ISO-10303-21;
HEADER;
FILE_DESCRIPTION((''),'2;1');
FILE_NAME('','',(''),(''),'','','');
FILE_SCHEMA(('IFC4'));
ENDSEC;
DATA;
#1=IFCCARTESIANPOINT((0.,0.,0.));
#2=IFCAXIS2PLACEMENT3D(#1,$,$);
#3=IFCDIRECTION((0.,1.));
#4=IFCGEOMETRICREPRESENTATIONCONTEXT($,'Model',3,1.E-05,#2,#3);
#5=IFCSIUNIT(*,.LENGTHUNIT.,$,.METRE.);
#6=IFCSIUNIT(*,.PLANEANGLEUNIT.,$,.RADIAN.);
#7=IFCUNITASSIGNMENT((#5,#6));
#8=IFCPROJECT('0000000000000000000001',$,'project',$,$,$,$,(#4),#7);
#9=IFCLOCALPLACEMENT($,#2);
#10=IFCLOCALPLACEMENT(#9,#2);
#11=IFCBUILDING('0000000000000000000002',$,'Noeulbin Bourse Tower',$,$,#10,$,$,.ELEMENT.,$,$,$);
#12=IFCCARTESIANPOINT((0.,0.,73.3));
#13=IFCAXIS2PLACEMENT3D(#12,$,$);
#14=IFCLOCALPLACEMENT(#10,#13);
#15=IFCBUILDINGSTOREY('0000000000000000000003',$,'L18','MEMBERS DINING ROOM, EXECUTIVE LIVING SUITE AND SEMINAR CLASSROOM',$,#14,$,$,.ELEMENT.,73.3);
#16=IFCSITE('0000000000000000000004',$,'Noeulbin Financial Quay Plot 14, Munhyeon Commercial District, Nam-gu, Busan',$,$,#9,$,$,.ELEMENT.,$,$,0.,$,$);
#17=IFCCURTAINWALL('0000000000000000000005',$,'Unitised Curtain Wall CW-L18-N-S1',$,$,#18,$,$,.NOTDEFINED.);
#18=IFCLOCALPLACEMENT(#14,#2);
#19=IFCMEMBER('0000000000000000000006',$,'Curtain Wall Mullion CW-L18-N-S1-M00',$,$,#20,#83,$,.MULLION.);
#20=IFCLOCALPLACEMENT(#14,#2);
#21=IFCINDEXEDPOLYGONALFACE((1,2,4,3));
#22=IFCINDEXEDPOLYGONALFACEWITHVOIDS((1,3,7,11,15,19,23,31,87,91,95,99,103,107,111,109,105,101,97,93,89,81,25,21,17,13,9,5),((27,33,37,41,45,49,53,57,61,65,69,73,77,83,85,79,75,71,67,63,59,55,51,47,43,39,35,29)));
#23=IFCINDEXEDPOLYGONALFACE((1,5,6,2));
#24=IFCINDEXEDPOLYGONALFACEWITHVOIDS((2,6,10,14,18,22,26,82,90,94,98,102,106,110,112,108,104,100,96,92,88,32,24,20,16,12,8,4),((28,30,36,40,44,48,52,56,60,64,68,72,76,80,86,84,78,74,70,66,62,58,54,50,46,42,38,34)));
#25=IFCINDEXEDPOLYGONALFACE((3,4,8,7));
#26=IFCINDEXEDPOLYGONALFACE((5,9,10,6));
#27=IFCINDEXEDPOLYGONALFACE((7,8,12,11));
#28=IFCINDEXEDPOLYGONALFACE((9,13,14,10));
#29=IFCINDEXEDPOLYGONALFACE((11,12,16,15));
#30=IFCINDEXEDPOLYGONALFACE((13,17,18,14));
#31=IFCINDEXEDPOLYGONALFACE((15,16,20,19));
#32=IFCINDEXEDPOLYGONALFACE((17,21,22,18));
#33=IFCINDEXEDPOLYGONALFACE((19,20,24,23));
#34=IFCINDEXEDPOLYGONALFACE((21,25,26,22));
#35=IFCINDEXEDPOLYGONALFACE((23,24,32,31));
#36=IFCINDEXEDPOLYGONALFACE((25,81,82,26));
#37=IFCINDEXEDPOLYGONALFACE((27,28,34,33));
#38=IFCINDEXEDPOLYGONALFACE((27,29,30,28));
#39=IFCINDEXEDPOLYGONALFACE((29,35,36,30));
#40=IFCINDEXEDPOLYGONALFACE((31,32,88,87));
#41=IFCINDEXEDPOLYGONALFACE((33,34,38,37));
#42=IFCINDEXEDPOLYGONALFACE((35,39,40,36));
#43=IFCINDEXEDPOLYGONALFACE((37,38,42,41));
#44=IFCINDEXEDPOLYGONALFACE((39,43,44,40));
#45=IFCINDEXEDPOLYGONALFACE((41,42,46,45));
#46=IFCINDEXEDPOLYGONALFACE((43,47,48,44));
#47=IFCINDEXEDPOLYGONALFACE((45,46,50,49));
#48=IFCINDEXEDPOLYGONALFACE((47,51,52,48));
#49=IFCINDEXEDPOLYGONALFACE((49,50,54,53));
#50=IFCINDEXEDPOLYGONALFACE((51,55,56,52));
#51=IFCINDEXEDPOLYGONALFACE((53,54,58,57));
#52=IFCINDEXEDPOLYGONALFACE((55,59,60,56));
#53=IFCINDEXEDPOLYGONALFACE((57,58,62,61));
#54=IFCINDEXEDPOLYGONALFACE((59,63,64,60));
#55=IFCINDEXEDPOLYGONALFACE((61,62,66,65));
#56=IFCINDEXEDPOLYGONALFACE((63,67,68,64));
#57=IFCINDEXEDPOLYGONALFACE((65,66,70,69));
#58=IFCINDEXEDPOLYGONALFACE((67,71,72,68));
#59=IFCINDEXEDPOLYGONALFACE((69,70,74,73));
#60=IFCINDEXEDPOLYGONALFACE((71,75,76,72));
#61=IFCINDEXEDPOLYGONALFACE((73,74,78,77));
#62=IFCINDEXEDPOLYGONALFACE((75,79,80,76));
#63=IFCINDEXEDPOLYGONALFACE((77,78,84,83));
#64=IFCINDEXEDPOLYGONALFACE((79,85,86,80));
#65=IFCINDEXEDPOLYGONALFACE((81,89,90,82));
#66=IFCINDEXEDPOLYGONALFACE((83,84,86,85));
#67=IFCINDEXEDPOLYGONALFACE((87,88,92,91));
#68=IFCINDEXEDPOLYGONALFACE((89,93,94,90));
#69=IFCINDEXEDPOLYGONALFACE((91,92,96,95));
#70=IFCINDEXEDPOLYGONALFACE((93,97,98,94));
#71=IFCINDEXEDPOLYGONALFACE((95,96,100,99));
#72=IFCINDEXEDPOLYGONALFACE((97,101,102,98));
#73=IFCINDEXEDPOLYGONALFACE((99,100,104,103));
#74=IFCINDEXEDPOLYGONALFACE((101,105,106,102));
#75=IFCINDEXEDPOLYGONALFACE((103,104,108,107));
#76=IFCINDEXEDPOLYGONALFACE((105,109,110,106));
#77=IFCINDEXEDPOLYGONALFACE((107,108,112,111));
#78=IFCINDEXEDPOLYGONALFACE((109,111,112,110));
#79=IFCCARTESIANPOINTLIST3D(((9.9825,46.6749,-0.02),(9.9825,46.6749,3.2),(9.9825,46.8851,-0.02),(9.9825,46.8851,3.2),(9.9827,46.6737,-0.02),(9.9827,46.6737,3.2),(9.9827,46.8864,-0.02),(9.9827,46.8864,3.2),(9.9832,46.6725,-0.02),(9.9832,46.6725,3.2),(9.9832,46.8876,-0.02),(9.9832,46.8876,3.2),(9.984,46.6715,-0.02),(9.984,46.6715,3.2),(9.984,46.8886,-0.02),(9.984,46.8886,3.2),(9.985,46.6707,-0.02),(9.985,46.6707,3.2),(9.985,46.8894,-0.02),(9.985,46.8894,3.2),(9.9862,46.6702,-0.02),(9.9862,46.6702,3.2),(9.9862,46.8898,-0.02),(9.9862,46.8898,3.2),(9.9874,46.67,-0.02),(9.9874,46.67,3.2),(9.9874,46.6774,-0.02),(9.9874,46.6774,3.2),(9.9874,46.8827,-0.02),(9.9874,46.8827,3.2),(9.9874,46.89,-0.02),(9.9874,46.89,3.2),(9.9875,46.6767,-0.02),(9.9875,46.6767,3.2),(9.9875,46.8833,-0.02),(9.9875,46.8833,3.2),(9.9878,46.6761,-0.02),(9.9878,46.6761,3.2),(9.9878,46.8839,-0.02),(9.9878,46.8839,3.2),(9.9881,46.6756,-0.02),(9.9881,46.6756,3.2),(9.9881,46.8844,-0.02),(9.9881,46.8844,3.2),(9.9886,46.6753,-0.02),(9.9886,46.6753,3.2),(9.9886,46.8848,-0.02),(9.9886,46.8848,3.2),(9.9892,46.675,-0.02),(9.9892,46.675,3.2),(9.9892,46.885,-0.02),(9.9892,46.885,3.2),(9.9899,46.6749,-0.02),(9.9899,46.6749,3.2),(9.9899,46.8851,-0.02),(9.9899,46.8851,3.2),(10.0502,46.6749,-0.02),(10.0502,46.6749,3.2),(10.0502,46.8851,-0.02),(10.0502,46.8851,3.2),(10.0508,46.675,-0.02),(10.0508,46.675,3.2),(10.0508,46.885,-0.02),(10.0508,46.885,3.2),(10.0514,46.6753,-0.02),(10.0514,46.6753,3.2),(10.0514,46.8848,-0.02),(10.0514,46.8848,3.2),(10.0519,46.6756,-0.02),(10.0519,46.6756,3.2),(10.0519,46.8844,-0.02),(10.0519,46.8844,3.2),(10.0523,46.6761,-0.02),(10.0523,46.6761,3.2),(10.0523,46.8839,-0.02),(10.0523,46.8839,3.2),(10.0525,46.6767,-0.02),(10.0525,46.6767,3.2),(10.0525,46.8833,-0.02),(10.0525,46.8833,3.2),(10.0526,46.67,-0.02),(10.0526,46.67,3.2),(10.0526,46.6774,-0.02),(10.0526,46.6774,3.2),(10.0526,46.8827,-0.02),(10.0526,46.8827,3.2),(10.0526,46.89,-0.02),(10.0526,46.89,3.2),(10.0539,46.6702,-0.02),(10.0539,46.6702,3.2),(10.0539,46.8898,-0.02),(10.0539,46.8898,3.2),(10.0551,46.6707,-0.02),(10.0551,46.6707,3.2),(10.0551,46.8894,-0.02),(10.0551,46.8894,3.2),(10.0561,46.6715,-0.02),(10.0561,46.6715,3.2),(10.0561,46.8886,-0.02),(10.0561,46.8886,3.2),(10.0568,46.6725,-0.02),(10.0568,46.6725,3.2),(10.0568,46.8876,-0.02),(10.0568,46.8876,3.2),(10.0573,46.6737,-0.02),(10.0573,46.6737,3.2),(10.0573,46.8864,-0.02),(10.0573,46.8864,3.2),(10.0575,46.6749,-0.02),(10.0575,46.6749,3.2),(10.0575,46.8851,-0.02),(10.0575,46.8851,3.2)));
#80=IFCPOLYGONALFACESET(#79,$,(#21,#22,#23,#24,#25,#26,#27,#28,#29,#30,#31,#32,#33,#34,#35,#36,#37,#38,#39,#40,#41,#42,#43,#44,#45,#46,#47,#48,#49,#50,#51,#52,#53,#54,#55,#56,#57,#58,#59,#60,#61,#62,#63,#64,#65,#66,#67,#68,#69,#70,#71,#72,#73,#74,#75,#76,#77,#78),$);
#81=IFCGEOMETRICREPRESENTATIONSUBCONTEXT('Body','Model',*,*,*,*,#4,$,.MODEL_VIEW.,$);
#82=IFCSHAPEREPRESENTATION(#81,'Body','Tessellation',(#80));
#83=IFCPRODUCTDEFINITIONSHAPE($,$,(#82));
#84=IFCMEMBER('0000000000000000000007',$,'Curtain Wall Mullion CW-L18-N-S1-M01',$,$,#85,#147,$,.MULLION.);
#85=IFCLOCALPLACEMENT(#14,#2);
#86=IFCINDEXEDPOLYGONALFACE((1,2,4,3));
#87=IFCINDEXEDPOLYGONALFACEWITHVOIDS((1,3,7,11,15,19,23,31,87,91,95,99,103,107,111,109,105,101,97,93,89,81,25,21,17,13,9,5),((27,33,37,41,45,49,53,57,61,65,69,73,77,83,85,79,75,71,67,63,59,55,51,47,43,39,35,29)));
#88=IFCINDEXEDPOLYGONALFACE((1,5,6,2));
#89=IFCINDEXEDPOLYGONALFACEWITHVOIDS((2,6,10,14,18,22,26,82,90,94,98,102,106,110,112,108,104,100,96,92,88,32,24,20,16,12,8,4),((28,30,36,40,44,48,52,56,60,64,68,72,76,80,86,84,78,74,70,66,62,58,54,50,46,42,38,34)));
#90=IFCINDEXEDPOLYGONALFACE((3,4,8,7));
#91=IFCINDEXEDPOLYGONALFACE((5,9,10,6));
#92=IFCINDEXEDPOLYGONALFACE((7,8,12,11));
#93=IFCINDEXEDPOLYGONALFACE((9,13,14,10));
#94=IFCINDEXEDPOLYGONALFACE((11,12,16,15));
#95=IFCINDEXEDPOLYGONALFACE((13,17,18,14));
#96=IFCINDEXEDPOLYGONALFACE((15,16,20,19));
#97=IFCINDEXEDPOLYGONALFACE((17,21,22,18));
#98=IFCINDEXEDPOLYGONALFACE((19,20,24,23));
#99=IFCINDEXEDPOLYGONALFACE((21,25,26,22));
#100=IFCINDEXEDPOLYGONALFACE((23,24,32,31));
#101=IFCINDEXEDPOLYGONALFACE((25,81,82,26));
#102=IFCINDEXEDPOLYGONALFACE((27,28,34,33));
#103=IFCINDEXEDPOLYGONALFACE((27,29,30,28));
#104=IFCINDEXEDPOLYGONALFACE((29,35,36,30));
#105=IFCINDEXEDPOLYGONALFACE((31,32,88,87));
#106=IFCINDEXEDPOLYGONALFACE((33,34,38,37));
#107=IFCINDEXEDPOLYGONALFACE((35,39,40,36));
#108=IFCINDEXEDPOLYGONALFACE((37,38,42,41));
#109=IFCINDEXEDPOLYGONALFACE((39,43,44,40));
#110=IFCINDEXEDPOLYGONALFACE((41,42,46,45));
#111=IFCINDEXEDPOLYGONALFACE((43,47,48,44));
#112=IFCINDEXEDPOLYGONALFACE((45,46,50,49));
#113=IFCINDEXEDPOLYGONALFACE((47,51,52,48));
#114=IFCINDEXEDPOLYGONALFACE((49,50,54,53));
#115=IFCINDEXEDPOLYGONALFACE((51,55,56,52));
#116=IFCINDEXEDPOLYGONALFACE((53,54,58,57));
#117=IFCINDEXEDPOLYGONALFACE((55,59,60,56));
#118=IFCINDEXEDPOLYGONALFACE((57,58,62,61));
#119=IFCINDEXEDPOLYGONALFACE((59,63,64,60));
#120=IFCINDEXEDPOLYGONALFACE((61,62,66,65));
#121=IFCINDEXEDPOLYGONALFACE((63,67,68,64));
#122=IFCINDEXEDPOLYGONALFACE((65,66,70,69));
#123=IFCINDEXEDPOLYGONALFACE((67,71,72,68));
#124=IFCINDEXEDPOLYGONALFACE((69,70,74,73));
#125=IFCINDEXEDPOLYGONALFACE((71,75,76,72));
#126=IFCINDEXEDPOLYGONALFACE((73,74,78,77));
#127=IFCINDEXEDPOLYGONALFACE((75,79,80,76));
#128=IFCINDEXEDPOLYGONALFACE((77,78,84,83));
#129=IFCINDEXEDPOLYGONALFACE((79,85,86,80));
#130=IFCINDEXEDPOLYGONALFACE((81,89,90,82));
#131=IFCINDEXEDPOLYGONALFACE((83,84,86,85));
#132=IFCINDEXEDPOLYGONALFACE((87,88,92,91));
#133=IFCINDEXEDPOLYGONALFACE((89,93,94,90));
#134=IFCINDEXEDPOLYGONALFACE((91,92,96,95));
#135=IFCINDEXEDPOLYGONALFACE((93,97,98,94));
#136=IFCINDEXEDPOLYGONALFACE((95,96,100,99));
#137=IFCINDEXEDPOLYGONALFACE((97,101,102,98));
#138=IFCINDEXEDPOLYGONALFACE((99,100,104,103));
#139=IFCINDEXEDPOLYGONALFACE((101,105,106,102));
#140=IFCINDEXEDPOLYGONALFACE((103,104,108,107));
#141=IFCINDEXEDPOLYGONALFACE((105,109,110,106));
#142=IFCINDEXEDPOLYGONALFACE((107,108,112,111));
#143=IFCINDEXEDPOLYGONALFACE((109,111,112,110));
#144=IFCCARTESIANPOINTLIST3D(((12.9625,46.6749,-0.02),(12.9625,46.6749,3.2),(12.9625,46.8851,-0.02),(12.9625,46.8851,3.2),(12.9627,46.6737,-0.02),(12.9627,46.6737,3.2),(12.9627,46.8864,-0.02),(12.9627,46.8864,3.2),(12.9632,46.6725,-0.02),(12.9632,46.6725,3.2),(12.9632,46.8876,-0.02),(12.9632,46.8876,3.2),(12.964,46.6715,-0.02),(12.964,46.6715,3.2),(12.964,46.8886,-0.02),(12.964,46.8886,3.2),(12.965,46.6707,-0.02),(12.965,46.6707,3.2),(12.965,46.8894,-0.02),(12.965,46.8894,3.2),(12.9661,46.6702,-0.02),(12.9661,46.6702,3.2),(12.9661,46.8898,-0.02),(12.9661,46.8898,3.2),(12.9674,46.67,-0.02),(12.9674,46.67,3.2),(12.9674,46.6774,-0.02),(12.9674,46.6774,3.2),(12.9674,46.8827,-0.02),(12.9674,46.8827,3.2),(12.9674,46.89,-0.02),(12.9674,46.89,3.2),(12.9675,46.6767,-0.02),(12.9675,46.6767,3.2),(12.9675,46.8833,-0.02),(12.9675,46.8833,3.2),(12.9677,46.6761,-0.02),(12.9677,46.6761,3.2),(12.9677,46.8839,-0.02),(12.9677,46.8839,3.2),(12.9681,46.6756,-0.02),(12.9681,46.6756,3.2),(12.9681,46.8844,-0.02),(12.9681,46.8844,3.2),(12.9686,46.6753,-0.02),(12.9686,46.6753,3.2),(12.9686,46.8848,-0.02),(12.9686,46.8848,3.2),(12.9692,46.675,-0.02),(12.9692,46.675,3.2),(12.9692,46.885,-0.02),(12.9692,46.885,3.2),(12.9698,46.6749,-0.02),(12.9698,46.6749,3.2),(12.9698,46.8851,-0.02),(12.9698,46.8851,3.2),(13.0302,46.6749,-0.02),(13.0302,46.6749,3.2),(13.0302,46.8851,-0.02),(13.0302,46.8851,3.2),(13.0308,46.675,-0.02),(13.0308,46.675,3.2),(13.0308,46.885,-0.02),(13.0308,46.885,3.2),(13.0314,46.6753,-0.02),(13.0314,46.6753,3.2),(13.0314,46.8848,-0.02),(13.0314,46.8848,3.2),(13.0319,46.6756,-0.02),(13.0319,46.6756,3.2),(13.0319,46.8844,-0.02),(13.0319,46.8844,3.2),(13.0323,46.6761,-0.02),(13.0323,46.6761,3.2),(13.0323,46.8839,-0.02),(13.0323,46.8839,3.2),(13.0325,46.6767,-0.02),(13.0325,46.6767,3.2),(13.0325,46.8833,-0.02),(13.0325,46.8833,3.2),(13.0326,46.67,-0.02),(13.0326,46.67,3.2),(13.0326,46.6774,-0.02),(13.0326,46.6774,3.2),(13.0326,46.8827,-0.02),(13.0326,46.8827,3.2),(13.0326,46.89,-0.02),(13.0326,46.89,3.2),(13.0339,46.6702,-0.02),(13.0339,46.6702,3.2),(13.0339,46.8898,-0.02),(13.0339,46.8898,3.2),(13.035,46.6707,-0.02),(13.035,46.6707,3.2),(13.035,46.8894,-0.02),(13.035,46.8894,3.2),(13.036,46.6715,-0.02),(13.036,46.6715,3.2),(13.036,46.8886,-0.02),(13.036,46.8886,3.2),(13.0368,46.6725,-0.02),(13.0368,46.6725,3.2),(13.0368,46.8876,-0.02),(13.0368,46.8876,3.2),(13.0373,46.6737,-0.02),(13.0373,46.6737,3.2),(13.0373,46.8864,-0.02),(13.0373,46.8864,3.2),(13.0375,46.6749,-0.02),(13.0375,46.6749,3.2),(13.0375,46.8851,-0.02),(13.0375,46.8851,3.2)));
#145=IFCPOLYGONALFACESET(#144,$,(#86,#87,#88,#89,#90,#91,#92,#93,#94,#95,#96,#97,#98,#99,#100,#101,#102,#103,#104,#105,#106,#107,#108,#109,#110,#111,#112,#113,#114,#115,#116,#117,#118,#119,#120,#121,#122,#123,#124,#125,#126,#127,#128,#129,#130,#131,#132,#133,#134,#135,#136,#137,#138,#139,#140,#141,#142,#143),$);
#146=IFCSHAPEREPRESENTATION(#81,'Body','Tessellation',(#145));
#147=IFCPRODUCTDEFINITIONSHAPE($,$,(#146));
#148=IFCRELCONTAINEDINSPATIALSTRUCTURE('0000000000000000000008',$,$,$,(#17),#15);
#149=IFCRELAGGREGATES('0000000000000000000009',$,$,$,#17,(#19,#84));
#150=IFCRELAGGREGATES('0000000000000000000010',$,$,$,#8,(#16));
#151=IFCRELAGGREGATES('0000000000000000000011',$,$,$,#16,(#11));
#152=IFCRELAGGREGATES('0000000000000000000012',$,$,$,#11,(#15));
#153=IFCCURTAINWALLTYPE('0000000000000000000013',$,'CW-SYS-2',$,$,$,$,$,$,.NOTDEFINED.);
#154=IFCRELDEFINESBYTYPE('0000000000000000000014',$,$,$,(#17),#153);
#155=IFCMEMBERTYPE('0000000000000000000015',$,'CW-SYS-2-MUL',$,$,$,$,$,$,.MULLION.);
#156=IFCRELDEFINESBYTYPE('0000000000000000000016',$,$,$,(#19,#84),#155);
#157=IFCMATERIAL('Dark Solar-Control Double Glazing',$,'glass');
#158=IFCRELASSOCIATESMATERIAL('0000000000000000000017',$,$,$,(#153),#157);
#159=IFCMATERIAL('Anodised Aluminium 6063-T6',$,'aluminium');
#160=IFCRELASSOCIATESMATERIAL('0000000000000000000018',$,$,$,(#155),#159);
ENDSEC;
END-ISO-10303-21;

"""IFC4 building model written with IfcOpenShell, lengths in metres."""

from ifc_helpers import new_model, si_unit, direction, frame, origin, origin_2d, place, context, subcontext, project, spatial, hollow_rectangle, extrude, material, material_profile, profile_set, type_object, element, aggregate, save


model = new_model("IFC4")

# Units and contexts
model_context = context("Model", 3, precision=1e-05, world=origin(), true_north=direction((0.0, 1.0)))
body_context = subcontext(model_context, "Body", "Model", "MODEL_VIEW")
ifc_project = project(units=[si_unit("LENGTHUNIT", "METRE"), si_unit("PLANEANGLEUNIT", "RADIAN")], contexts=[model_context])

# Site, building, storey
site_placement = place(None, origin())
site = spatial("IfcSite", under=ifc_project, at=site_placement, Name="Noeulbin Financial Quay Plot 14, Munhyeon Commercial District, Nam-gu, Busan", CompositionType="ELEMENT", RefElevation=0.0)
building_placement = place(site_placement, origin())
building = spatial("IfcBuilding", under=site, at=building_placement, Name="Noeulbin Bourse Tower", CompositionType="ELEMENT")
storey_placement = place(building_placement, frame((0.0, 0.0, 73.3)))
storey = spatial("IfcBuildingStorey", under=building, at=storey_placement, Name="L18", Description="MEMBERS DINING ROOM, EXECUTIVE LIVING SUITE AND SEMINAR CLASSROOM", CompositionType="ELEMENT", Elevation=73.3)

# Curtain wall, members
ifc_material_1 = material(Name="Dark Solar-Control Double Glazing", Category="glass")
curtain_wall_type = type_object("IfcCurtainWallType", Name="CW-SYS-2", PredefinedType="NOTDEFINED", material=ifc_material_1)
curtain_wall_1_placement = place(storey_placement, origin())
curtain_wall_1 = element("IfcCurtainWall", 1, at=curtain_wall_1_placement, inside=storey, type_object=curtain_wall_type, Name="Unitised Curtain Wall CW-L18-N-S1", PredefinedType="NOTDEFINED")
ifc_material_2 = material(Name="Anodised Aluminium 6063-T6", Category="aluminium")
ifc_material_profile_1 = material_profile(ifc_material_2, hollow_rectangle(XDim=0.075, YDim=0.22, WallThickness=0.0049, InnerFilletRadius=0.0024, OuterFilletRadius=0.0049, at=origin_2d()), Name="ALU-MULL-75x220x5", Category="LoadBearing")
ifc_profile_set_1 = profile_set([ifc_material_profile_1], Name="Anodised Aluminium 6063-T6")
member_type_1 = type_object("IfcMemberType", Name="CW-SYS-2-MUL", PredefinedType="MULLION", material=ifc_profile_set_1)
member_1_placement = place(storey_placement, frame((10.02, 46.78, -0.02), z_axis=(0.0, 0.0, 1.0), x_axis=(1.0, 0.0, 0.0)))
member_1 = element("IfcMember", 2, at=member_1_placement, type_object=member_type_1, Name="Curtain Wall Mullion CW-L18-N-S1-M00", PredefinedType="MULLION", context=body_context, shape_type="SweptSolid", body=[
    extrude(hollow_rectangle(XDim=0.075, YDim=0.22, WallThickness=0.0049, InnerFilletRadius=0.0024, OuterFilletRadius=0.0049, at=origin_2d()), origin(), (0.0, 0.0, 1.0), 3.22),
])
member_2_placement = place(storey_placement, frame((13.0, 46.78, -0.02), z_axis=(0.0, 0.0, 1.0), x_axis=(1.0, 0.0, 0.0)))
member_2 = element("IfcMember", 3, at=member_2_placement, type_object=member_type_1, Name="Curtain Wall Mullion CW-L18-N-S1-M01", PredefinedType="MULLION", context=body_context, shape_type="SweptSolid", body=[
    extrude(hollow_rectangle(XDim=0.075, YDim=0.22, WallThickness=0.0049, InnerFilletRadius=0.0024, OuterFilletRadius=0.0049, at=origin_2d()), origin(), (0.0, 0.0, 1.0), 3.22),
])

aggregate(curtain_wall_1, [member_1, member_2])

save(model, "model.ifc")
